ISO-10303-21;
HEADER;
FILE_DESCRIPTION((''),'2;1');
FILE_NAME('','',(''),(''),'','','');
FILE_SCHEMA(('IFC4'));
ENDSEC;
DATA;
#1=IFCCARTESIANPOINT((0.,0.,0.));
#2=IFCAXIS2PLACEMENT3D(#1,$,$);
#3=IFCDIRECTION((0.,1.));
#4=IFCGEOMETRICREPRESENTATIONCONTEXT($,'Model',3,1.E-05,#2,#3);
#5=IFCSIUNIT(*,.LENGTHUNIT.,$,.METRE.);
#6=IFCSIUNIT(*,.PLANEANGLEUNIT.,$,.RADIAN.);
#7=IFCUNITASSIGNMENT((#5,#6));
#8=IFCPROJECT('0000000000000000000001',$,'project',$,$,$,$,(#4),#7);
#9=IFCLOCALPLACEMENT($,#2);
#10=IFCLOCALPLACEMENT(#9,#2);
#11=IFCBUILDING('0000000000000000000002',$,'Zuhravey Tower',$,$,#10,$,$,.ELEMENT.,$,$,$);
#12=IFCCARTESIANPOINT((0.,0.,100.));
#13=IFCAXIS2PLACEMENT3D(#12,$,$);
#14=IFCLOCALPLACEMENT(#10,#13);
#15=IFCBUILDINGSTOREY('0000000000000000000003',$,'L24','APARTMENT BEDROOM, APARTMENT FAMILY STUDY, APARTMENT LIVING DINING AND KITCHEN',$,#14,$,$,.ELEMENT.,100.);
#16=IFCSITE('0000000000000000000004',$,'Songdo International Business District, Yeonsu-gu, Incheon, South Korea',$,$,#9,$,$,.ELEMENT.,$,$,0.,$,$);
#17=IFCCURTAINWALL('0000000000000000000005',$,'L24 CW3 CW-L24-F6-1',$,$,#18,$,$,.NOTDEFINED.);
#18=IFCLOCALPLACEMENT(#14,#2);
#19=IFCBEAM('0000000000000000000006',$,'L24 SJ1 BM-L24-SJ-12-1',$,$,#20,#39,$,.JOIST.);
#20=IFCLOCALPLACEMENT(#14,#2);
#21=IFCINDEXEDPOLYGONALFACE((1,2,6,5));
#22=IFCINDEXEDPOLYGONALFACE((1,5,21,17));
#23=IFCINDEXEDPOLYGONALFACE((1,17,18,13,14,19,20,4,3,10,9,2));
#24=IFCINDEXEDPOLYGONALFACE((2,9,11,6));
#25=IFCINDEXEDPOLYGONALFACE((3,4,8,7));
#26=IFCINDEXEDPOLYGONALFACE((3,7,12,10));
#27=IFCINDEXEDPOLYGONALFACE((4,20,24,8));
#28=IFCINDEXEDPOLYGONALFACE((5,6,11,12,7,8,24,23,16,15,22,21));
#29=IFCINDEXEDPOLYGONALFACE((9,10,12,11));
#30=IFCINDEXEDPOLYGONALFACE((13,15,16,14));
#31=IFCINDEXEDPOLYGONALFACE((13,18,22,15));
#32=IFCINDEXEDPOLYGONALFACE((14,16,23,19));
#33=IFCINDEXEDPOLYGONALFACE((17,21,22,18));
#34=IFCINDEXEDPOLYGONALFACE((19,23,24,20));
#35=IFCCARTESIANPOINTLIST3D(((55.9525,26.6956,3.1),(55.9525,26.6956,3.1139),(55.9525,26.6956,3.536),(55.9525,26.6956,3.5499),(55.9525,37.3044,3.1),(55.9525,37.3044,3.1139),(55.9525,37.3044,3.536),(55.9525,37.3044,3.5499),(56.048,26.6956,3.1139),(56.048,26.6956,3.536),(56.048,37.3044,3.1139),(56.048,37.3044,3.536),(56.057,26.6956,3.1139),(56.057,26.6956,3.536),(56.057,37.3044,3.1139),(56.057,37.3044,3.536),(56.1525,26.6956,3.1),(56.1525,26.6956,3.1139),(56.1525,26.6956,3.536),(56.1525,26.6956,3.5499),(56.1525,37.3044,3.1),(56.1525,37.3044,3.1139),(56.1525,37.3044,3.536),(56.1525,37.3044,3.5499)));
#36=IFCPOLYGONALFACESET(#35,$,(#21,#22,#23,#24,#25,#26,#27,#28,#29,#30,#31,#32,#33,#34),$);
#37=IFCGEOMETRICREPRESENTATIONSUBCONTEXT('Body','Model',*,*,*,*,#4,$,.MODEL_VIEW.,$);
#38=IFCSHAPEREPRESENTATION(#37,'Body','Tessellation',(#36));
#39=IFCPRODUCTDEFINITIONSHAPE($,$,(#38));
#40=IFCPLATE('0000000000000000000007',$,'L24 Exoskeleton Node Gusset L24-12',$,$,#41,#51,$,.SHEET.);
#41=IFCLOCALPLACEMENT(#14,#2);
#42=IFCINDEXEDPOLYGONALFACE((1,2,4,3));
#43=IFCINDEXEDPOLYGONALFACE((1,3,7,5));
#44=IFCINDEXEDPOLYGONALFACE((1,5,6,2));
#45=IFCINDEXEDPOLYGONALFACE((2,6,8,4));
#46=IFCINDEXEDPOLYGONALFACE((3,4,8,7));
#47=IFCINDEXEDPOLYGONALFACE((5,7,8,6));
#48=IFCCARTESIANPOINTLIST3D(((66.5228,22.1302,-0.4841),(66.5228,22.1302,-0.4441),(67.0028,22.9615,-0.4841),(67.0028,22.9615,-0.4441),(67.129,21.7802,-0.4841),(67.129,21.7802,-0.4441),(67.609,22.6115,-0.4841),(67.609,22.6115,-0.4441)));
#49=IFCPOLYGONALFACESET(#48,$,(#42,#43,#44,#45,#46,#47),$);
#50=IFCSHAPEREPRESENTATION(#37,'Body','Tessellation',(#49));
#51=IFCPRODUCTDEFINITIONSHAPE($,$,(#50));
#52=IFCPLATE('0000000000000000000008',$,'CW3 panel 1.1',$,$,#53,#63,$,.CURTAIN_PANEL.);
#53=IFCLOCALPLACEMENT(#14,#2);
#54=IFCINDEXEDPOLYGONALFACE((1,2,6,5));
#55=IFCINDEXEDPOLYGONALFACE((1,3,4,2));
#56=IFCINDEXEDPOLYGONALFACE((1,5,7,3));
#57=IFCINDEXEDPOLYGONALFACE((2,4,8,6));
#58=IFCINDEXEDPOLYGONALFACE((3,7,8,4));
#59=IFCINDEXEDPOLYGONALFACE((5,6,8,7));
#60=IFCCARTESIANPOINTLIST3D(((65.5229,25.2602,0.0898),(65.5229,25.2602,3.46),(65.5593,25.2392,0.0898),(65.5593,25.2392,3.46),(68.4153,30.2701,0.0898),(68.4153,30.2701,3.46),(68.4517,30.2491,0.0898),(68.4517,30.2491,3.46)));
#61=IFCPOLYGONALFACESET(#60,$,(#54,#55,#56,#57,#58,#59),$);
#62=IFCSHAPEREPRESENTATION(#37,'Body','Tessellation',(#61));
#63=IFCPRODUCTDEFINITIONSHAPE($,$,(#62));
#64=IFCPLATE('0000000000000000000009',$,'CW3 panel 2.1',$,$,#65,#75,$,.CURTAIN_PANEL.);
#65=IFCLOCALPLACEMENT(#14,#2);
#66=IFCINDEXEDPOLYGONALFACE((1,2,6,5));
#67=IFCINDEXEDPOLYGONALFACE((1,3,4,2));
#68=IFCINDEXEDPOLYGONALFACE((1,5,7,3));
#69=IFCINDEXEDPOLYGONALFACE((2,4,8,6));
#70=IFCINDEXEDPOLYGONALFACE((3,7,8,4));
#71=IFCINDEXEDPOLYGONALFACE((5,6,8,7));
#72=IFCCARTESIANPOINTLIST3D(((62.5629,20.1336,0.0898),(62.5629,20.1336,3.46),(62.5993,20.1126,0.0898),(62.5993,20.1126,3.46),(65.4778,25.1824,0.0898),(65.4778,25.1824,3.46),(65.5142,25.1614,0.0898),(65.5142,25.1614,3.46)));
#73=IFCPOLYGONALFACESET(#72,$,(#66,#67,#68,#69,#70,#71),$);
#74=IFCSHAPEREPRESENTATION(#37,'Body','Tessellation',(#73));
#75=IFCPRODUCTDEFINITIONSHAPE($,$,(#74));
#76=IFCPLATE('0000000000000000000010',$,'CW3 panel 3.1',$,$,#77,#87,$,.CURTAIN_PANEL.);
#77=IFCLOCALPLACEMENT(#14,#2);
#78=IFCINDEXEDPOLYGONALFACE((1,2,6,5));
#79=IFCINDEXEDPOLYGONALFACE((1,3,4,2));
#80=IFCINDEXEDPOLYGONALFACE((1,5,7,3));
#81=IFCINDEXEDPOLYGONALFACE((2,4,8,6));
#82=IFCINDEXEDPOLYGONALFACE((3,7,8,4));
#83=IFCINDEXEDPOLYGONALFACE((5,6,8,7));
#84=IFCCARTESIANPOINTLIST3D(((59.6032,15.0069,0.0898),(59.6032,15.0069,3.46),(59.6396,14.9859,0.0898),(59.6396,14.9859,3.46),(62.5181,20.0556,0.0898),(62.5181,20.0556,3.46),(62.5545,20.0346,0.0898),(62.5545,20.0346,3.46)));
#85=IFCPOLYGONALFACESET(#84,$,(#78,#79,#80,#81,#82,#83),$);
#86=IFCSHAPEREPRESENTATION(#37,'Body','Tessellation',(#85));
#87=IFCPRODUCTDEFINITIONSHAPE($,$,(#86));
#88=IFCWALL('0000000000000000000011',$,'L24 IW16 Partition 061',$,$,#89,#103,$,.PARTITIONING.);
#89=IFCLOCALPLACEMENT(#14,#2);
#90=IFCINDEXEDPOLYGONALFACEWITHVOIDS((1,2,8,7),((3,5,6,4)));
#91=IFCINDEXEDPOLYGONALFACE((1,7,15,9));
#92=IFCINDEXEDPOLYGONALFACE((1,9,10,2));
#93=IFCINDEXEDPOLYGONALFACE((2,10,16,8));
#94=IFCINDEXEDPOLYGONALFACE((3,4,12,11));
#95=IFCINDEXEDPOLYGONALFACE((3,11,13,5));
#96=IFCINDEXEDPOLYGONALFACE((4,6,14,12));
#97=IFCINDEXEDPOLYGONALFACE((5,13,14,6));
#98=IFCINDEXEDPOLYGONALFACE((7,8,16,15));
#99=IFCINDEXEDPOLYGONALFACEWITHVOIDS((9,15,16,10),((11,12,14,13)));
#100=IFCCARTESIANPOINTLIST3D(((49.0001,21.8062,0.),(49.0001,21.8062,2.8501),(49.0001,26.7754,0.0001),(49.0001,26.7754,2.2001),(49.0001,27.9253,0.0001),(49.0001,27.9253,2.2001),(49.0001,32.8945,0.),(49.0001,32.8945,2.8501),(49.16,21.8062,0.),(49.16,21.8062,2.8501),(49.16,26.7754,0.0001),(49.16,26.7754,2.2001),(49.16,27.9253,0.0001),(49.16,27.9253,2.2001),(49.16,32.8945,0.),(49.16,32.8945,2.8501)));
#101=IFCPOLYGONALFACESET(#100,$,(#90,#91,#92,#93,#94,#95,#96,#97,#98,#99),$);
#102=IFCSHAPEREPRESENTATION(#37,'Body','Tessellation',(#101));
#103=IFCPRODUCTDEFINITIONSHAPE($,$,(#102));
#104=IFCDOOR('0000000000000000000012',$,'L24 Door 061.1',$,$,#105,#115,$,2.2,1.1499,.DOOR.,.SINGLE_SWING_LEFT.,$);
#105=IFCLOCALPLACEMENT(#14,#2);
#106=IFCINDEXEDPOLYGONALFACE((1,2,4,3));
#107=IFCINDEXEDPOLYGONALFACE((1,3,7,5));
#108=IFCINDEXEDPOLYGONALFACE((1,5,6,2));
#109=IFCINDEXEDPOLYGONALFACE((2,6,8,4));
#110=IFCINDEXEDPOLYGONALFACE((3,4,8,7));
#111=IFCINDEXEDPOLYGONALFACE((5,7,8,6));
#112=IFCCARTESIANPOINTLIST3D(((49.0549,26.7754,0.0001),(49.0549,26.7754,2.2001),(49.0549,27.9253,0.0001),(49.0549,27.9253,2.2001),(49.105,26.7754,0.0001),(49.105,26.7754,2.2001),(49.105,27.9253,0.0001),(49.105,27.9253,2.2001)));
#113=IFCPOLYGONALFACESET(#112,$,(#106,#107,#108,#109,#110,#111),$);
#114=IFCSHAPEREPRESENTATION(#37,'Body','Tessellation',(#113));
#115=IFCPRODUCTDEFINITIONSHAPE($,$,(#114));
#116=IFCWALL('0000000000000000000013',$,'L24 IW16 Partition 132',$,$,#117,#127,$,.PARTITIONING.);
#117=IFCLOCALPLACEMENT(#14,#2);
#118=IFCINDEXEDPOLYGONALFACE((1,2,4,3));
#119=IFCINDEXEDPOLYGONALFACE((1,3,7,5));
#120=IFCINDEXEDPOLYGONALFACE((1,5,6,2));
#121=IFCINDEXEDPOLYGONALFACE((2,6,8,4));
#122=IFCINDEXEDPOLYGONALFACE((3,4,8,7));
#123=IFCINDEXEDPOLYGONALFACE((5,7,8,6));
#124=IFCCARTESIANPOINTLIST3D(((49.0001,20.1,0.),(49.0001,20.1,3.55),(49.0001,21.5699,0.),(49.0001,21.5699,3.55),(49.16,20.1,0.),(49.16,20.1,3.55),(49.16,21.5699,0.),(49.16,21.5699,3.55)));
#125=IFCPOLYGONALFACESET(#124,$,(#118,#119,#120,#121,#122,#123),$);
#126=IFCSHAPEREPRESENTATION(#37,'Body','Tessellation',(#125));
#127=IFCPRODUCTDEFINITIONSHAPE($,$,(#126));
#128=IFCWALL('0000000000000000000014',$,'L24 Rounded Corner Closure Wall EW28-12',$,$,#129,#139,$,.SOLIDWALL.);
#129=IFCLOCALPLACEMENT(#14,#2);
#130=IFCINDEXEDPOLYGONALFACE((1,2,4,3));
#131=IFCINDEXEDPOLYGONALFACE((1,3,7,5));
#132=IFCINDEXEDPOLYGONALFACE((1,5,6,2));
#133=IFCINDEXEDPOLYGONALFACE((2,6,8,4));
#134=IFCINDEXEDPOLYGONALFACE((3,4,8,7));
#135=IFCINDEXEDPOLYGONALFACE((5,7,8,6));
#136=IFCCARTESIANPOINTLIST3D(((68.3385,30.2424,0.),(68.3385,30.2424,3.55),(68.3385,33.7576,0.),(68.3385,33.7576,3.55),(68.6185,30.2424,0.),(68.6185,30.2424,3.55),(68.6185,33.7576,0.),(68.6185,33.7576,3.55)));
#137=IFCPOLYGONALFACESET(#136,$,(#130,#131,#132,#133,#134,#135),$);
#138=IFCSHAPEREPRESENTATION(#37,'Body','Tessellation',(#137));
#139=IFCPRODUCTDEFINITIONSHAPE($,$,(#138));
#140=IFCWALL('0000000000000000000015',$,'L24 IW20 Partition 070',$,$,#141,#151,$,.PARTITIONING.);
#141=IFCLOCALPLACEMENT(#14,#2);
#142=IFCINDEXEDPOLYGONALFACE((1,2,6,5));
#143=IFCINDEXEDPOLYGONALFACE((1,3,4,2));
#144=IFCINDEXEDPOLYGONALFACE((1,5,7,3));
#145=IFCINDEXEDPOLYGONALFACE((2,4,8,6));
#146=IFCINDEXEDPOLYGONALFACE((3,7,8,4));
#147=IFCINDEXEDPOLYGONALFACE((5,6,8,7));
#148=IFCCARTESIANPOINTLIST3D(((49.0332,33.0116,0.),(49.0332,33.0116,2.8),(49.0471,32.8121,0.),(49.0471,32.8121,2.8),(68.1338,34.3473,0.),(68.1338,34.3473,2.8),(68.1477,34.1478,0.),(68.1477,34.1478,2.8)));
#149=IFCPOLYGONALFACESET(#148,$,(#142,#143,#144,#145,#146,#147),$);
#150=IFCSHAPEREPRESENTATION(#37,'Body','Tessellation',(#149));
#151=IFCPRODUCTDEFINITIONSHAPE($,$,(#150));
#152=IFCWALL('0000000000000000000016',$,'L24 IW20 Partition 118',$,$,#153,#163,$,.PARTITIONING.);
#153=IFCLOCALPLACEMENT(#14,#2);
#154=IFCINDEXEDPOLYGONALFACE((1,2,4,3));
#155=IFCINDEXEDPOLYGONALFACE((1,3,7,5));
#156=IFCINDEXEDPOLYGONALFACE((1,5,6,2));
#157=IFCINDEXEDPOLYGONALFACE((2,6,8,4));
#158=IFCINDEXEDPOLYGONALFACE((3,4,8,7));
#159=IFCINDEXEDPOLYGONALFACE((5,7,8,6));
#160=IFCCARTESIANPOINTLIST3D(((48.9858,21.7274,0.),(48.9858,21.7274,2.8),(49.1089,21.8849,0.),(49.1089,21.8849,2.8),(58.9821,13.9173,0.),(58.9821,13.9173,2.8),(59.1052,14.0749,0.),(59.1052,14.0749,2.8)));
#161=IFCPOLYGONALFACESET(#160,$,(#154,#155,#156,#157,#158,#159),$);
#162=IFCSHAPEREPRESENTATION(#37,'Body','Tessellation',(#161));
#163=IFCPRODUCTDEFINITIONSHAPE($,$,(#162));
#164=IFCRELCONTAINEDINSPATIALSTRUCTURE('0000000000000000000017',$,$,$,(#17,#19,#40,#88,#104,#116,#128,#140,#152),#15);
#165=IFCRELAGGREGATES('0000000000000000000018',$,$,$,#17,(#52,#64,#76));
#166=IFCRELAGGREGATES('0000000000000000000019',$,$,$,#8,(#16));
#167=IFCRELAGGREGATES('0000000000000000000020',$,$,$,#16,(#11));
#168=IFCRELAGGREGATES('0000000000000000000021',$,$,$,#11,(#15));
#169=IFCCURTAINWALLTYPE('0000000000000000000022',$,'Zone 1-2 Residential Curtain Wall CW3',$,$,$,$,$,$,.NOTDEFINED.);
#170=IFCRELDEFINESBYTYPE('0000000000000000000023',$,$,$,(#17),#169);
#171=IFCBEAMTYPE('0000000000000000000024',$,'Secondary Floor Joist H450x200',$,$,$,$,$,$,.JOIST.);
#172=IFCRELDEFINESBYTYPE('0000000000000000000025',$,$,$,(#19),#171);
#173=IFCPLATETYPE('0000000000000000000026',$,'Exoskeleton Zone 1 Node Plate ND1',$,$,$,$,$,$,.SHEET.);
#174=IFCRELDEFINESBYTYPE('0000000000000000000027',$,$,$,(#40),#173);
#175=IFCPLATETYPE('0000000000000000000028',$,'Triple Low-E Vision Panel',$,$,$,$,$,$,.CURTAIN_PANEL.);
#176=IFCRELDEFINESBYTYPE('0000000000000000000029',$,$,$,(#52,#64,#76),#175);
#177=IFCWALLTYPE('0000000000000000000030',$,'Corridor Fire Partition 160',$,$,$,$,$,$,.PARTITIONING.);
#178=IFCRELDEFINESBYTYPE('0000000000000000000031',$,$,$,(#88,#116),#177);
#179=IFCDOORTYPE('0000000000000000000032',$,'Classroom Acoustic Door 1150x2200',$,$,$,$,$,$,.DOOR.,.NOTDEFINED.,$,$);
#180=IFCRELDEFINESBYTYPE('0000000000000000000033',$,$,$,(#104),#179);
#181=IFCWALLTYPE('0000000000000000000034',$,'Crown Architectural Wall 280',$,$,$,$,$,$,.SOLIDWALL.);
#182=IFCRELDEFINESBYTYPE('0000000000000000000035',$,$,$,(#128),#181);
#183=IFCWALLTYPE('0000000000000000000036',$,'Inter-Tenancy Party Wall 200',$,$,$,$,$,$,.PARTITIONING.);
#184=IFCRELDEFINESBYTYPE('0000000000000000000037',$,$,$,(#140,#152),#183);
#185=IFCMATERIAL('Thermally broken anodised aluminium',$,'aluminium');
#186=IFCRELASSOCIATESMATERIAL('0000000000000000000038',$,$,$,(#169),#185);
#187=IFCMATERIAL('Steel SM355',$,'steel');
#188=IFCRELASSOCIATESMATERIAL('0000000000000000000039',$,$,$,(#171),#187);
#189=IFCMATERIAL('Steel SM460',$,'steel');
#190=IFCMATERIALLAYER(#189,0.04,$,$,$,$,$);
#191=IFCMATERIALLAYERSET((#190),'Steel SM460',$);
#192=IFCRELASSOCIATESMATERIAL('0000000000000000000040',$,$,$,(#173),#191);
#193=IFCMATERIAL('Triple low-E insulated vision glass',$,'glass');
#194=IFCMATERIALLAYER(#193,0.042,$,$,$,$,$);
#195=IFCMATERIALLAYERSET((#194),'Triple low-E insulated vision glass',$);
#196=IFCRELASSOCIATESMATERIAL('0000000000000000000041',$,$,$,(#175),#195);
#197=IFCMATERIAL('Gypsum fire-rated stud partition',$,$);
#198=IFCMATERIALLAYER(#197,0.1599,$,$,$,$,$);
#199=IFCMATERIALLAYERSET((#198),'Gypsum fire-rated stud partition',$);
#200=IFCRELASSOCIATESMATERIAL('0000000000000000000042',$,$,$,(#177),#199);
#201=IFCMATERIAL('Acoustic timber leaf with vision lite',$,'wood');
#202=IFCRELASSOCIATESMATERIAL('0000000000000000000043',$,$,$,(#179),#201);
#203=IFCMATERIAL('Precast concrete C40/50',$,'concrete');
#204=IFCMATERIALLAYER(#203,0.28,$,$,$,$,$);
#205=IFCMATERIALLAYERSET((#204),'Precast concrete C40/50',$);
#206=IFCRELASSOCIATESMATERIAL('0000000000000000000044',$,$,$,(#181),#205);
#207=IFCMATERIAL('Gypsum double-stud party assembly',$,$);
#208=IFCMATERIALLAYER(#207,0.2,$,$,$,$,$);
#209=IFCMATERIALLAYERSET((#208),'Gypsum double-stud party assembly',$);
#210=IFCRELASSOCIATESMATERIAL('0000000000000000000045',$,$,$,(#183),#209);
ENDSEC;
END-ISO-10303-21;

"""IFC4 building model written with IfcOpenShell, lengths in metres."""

from ifc_helpers import new_model, si_unit, direction, frame, frame_2d, origin, origin_2d, place, context, subcontext, project, spatial, rectangle, i_section, extrude, material, layer, layer_set, material_profile, profile_set, type_object, element, fill, aggregate, save


model = new_model("IFC4")

# Units and contexts
model_context = context("Model", 3, precision=1e-05, world=origin(), true_north=direction((0.0, 1.0)))
body_context = subcontext(model_context, "Body", "Model", "MODEL_VIEW")
ifc_project = project(units=[si_unit("LENGTHUNIT", "METRE"), si_unit("PLANEANGLEUNIT", "RADIAN")], contexts=[model_context])

# Site, building, storey
site_placement = place(None, origin())
site = spatial("IfcSite", under=ifc_project, at=site_placement, Name="Songdo International Business District, Yeonsu-gu, Incheon, South Korea", CompositionType="ELEMENT", RefElevation=0.0)
building_placement = place(site_placement, origin())
building = spatial("IfcBuilding", under=site, at=building_placement, Name="Zuhravey Tower", CompositionType="ELEMENT")
storey_placement = place(building_placement, frame((0.0, 0.0, 100.0)))
storey = spatial("IfcBuildingStorey", under=building, at=storey_placement, Name="L24", Description="APARTMENT BEDROOM, APARTMENT FAMILY STUDY, APARTMENT LIVING DINING AND KITCHEN", CompositionType="ELEMENT", Elevation=100.0)

# Curtain wall
ifc_material_1 = material(Name="Thermally broken anodised aluminium", Category="aluminium")
curtain_wall_type = type_object("IfcCurtainWallType", Name="Zone 1-2 Residential Curtain Wall CW3", PredefinedType="NOTDEFINED", material=ifc_material_1)
curtain_wall_1_placement = place(storey_placement, origin())
curtain_wall_1 = element("IfcCurtainWall", 1, at=curtain_wall_1_placement, inside=storey, type_object=curtain_wall_type, Name="L24 CW3 CW-L24-F6-1", PredefinedType="NOTDEFINED")

# Shared definitions
ifc_material_2 = material(Name="Steel SM460", Category="steel")

# Beam
ifc_material_3 = material(Name="Steel SM355", Category="steel")
ifc_material_profile_1 = material_profile(ifc_material_3, i_section(OverallWidth=0.2, OverallDepth=0.45, WebThickness=0.009, FlangeThickness=0.0139, at=origin_2d()), Name="H-450x200x9x14")
ifc_profile_set_1 = profile_set([ifc_material_profile_1], Name="Steel SM355")
beam_type_1 = type_object("IfcBeamType", Name="Secondary Floor Joist H450x200", PredefinedType="JOIST", material=ifc_profile_set_1)
beam_1_placement = place(storey_placement, frame((56.0525, 26.6956, 3.325), z_axis=(0.0, 1.0, 0.0), x_axis=(-1.0, 0.0, 0.0)))
element("IfcBeam", 2, at=beam_1_placement, inside=storey, type_object=beam_type_1, Name="L24 SJ1 BM-L24-SJ-12-1", PredefinedType="JOIST", context=body_context, shape_type="SweptSolid", body=[
    extrude(i_section(OverallWidth=0.2, OverallDepth=0.45, WebThickness=0.009, FlangeThickness=0.0139, at=origin_2d()), origin(), (0.0, 0.0, 1.0), 10.6089),
])

# Plates
ifc_layer_1 = layer(ifc_material_2, 0.04)
ifc_layer_set_1 = layer_set([ifc_layer_1], Name="Steel SM460")
plate_type_1 = type_object("IfcPlateType", Name="Exoskeleton Zone 1 Node Plate ND1", PredefinedType="SHEET", material=ifc_layer_set_1)
plate_1_placement = place(storey_placement, frame((67.0659, 22.3708, -0.4841), z_axis=(0.0, 0.0, 1.0), x_axis=(0.5, 0.866025, 0.0)))
element("IfcPlate", 3, at=plate_1_placement, inside=storey, type_object=plate_type_1, Name="L24 Exoskeleton Node Gusset L24-12", PredefinedType="SHEET", context=body_context, shape_type="SweptSolid", body=[
    extrude(rectangle(XDim=0.96, YDim=0.7, at=origin_2d()), origin(), (0.0, 0.0, 1.0), 0.04),
])
ifc_material_4 = material(Name="Triple low-E insulated vision glass", Category="glass")
ifc_layer_2 = layer(ifc_material_4, 0.042)
ifc_layer_set_2 = layer_set([ifc_layer_2], Name="Triple low-E insulated vision glass")
plate_type_2 = type_object("IfcPlateType", Name="Triple Low-E Vision Panel", PredefinedType="CURTAIN_PANEL", material=ifc_layer_set_2)
plate_2_placement = place(storey_placement, frame((66.9873, 27.7546, 0.0898), z_axis=(0.0, 0.0, 1.0), x_axis=(-0.5, -0.866026, 0.0)))
plate_2 = element("IfcPlate", 4, at=plate_2_placement, type_object=plate_type_2, Name="CW3 panel 1.1", PredefinedType="CURTAIN_PANEL", context=body_context, shape_type="SweptSolid", body=[
    extrude(rectangle(XDim=5.7849, YDim=0.042, at=origin_2d()), origin(), (0.0, 0.0, 1.0), 3.3701),
])
plate_3_placement = place(storey_placement, frame((64.0386, 22.6475, 0.0898), z_axis=(0.0, 0.0, 1.0), x_axis=(-0.5, -0.866026, 0.0)))
plate_3 = element("IfcPlate", 5, at=plate_3_placement, type_object=plate_type_2, Name="CW3 panel 2.1", PredefinedType="CURTAIN_PANEL", context=body_context, shape_type="SweptSolid", body=[
    extrude(rectangle(XDim=5.8298, YDim=0.042, at=origin_2d()), origin(), (0.0, 0.0, 1.0), 3.3701),
])
plate_4_placement = place(storey_placement, frame((61.0789, 17.5208, 0.0898), z_axis=(0.0, 0.0, 1.0), x_axis=(-0.5, -0.866026, 0.0)))
plate_4 = element("IfcPlate", 6, at=plate_4_placement, type_object=plate_type_2, Name="CW3 panel 3.1", PredefinedType="CURTAIN_PANEL", context=body_context, shape_type="SweptSolid", body=[
    extrude(rectangle(XDim=5.8298, YDim=0.042, at=origin_2d()), origin(), (0.0, 0.0, 1.0), 3.3701),
])
aggregate(curtain_wall_1, [plate_2, plate_3, plate_4])

# Wall, opening, door
ifc_material_5 = material(Name="Gypsum fire-rated stud partition")
ifc_layer_3 = layer(ifc_material_5, 0.1599)
ifc_layer_set_3 = layer_set([ifc_layer_3], Name="Gypsum fire-rated stud partition")
wall_type_1 = type_object("IfcWallType", Name="Corridor Fire Partition 160", PredefinedType="PARTITIONING", material=ifc_layer_set_3)
wall_1_placement = place(storey_placement, frame((49.0801, 21.8062, 0.0), z_axis=(0.0, 0.0, 1.0), x_axis=(0.0, 1.0, 0.0)))
wall_1 = element("IfcWall", 7, at=wall_1_placement, inside=storey, type_object=wall_type_1, Name="L24 IW16 Partition 061", PredefinedType="PARTITIONING", context=body_context, shape_type="SweptSolid", body=[
    extrude(rectangle(XDim=11.0884, YDim=0.1599, at=frame_2d((5.5442, 0.0))), origin(), (0.0, 0.0, 1.0), 2.8501),
])
opening_1_placement = place(wall_1_placement, frame((4.9692, 0.0, 0.0)))
opening_1 = element("IfcOpeningElement", 8, at=opening_1_placement, cuts=wall_1, PredefinedType="OPENING", context=body_context, shape_type="SweptSolid", body=[
    extrude(rectangle(XDim=1.1499, YDim=2.2, at=frame_2d((0.575, 1.1001))), frame((0.0, 0.092, 0.0), z_axis=(0.0, -1.0, 0.0), x_axis=(1.0, 0.0, 0.0)), (0.0, 0.0, 1.0), 0.1838),
])
ifc_material_6 = material(Name="Acoustic timber leaf with vision lite", Category="wood")
door_type_1 = type_object("IfcDoorType", Name="Classroom Acoustic Door 1150x2200", OperationType="NOTDEFINED", PredefinedType="DOOR", material=ifc_material_6)
door_1_placement = place(opening_1_placement, frame((1.1499, 0.0, 0.0), z_axis=(0.0, 0.0, 1.0), x_axis=(-1.0, 0.0, 0.0)))
door_1 = element("IfcDoor", 9, at=door_1_placement, inside=storey, type_object=door_type_1, Name="L24 Door 061.1", OperationType="SINGLE_SWING_LEFT", OverallHeight=2.2, OverallWidth=1.1499, PredefinedType="DOOR", context=body_context, shape_type="SweptSolid", body=[
    extrude(rectangle(XDim=1.1499, YDim=2.2, at=frame_2d((0.575, 1.1001))), frame((0.0, 0.0249, 0.0), z_axis=(0.0, -1.0, 0.0), x_axis=(1.0, 0.0, 0.0)), (0.0, 0.0, 1.0), 0.05),
])
fill(opening_1, door_1)

# Walls
wall_2_placement = place(storey_placement, frame((49.0801, 20.1001, 0.0), z_axis=(0.0, 0.0, 1.0), x_axis=(0.0, 1.0, 0.0)))
element("IfcWall", 10, at=wall_2_placement, inside=storey, type_object=wall_type_1, Name="L24 IW16 Partition 132", PredefinedType="PARTITIONING", context=body_context, shape_type="SweptSolid", body=[
    extrude(rectangle(XDim=1.47, YDim=0.1599, at=frame_2d((0.7349, 0.0))), origin(), (0.0, 0.0, 1.0), 3.55),
])
ifc_material_7 = material(Name="Precast concrete C40/50", Category="concrete")
ifc_layer_4 = layer(ifc_material_7, 0.28)
ifc_layer_set_4 = layer_set([ifc_layer_4], Name="Precast concrete C40/50")
wall_type_2 = type_object("IfcWallType", Name="Crown Architectural Wall 280", PredefinedType="SOLIDWALL", material=ifc_layer_set_4)
wall_3_placement = place(storey_placement, frame((68.4785, 33.7576, 0.0), z_axis=(0.0, 0.0, 1.0), x_axis=(0.0, -1.0, 0.0)))
element("IfcWall", 11, at=wall_3_placement, inside=storey, type_object=wall_type_2, Name="L24 Rounded Corner Closure Wall EW28-12", PredefinedType="SOLIDWALL", context=body_context, shape_type="SweptSolid", body=[
    extrude(rectangle(XDim=3.5151, YDim=0.28, at=frame_2d((1.7576, 0.0))), origin(), (0.0, 0.0, 1.0), 3.55),
])
ifc_material_8 = material(Name="Gypsum double-stud party assembly")
ifc_layer_5 = layer(ifc_material_8, 0.2)
ifc_layer_set_5 = layer_set([ifc_layer_5], Name="Gypsum double-stud party assembly")
wall_type_3 = type_object("IfcWallType", Name="Inter-Tenancy Party Wall 200", PredefinedType="PARTITIONING", material=ifc_layer_set_5)
wall_4_placement = place(storey_placement, frame((49.04, 32.9119, 0.0), z_axis=(0.0, 0.0, 1.0), x_axis=(0.997564, 0.069759, 0.0)))
element("IfcWall", 12, at=wall_4_placement, inside=storey, type_object=wall_type_3, Name="L24 IW20 Partition 070", PredefinedType="PARTITIONING", context=body_context, shape_type="SweptSolid", body=[
    extrude(rectangle(XDim=19.1472, YDim=0.2, at=frame_2d((9.5737, 0.0))), origin(), (0.0, 0.0, 1.0), 2.8),
])
wall_5_placement = place(storey_placement, frame((49.0474, 21.8062, 0.0), z_axis=(0.0, 0.0, 1.0), x_axis=(0.788008, -0.615665, 0.0)))
element("IfcWall", 13, at=wall_5_placement, inside=storey, type_object=wall_type_3, Name="L24 IW20 Partition 118", PredefinedType="PARTITIONING", context=body_context, shape_type="SweptSolid", body=[
    extrude(rectangle(XDim=12.6855, YDim=0.2, at=frame_2d((6.3428, 0.0))), origin(), (0.0, 0.0, 1.0), 2.8),
])

save(model, "model.ifc")
